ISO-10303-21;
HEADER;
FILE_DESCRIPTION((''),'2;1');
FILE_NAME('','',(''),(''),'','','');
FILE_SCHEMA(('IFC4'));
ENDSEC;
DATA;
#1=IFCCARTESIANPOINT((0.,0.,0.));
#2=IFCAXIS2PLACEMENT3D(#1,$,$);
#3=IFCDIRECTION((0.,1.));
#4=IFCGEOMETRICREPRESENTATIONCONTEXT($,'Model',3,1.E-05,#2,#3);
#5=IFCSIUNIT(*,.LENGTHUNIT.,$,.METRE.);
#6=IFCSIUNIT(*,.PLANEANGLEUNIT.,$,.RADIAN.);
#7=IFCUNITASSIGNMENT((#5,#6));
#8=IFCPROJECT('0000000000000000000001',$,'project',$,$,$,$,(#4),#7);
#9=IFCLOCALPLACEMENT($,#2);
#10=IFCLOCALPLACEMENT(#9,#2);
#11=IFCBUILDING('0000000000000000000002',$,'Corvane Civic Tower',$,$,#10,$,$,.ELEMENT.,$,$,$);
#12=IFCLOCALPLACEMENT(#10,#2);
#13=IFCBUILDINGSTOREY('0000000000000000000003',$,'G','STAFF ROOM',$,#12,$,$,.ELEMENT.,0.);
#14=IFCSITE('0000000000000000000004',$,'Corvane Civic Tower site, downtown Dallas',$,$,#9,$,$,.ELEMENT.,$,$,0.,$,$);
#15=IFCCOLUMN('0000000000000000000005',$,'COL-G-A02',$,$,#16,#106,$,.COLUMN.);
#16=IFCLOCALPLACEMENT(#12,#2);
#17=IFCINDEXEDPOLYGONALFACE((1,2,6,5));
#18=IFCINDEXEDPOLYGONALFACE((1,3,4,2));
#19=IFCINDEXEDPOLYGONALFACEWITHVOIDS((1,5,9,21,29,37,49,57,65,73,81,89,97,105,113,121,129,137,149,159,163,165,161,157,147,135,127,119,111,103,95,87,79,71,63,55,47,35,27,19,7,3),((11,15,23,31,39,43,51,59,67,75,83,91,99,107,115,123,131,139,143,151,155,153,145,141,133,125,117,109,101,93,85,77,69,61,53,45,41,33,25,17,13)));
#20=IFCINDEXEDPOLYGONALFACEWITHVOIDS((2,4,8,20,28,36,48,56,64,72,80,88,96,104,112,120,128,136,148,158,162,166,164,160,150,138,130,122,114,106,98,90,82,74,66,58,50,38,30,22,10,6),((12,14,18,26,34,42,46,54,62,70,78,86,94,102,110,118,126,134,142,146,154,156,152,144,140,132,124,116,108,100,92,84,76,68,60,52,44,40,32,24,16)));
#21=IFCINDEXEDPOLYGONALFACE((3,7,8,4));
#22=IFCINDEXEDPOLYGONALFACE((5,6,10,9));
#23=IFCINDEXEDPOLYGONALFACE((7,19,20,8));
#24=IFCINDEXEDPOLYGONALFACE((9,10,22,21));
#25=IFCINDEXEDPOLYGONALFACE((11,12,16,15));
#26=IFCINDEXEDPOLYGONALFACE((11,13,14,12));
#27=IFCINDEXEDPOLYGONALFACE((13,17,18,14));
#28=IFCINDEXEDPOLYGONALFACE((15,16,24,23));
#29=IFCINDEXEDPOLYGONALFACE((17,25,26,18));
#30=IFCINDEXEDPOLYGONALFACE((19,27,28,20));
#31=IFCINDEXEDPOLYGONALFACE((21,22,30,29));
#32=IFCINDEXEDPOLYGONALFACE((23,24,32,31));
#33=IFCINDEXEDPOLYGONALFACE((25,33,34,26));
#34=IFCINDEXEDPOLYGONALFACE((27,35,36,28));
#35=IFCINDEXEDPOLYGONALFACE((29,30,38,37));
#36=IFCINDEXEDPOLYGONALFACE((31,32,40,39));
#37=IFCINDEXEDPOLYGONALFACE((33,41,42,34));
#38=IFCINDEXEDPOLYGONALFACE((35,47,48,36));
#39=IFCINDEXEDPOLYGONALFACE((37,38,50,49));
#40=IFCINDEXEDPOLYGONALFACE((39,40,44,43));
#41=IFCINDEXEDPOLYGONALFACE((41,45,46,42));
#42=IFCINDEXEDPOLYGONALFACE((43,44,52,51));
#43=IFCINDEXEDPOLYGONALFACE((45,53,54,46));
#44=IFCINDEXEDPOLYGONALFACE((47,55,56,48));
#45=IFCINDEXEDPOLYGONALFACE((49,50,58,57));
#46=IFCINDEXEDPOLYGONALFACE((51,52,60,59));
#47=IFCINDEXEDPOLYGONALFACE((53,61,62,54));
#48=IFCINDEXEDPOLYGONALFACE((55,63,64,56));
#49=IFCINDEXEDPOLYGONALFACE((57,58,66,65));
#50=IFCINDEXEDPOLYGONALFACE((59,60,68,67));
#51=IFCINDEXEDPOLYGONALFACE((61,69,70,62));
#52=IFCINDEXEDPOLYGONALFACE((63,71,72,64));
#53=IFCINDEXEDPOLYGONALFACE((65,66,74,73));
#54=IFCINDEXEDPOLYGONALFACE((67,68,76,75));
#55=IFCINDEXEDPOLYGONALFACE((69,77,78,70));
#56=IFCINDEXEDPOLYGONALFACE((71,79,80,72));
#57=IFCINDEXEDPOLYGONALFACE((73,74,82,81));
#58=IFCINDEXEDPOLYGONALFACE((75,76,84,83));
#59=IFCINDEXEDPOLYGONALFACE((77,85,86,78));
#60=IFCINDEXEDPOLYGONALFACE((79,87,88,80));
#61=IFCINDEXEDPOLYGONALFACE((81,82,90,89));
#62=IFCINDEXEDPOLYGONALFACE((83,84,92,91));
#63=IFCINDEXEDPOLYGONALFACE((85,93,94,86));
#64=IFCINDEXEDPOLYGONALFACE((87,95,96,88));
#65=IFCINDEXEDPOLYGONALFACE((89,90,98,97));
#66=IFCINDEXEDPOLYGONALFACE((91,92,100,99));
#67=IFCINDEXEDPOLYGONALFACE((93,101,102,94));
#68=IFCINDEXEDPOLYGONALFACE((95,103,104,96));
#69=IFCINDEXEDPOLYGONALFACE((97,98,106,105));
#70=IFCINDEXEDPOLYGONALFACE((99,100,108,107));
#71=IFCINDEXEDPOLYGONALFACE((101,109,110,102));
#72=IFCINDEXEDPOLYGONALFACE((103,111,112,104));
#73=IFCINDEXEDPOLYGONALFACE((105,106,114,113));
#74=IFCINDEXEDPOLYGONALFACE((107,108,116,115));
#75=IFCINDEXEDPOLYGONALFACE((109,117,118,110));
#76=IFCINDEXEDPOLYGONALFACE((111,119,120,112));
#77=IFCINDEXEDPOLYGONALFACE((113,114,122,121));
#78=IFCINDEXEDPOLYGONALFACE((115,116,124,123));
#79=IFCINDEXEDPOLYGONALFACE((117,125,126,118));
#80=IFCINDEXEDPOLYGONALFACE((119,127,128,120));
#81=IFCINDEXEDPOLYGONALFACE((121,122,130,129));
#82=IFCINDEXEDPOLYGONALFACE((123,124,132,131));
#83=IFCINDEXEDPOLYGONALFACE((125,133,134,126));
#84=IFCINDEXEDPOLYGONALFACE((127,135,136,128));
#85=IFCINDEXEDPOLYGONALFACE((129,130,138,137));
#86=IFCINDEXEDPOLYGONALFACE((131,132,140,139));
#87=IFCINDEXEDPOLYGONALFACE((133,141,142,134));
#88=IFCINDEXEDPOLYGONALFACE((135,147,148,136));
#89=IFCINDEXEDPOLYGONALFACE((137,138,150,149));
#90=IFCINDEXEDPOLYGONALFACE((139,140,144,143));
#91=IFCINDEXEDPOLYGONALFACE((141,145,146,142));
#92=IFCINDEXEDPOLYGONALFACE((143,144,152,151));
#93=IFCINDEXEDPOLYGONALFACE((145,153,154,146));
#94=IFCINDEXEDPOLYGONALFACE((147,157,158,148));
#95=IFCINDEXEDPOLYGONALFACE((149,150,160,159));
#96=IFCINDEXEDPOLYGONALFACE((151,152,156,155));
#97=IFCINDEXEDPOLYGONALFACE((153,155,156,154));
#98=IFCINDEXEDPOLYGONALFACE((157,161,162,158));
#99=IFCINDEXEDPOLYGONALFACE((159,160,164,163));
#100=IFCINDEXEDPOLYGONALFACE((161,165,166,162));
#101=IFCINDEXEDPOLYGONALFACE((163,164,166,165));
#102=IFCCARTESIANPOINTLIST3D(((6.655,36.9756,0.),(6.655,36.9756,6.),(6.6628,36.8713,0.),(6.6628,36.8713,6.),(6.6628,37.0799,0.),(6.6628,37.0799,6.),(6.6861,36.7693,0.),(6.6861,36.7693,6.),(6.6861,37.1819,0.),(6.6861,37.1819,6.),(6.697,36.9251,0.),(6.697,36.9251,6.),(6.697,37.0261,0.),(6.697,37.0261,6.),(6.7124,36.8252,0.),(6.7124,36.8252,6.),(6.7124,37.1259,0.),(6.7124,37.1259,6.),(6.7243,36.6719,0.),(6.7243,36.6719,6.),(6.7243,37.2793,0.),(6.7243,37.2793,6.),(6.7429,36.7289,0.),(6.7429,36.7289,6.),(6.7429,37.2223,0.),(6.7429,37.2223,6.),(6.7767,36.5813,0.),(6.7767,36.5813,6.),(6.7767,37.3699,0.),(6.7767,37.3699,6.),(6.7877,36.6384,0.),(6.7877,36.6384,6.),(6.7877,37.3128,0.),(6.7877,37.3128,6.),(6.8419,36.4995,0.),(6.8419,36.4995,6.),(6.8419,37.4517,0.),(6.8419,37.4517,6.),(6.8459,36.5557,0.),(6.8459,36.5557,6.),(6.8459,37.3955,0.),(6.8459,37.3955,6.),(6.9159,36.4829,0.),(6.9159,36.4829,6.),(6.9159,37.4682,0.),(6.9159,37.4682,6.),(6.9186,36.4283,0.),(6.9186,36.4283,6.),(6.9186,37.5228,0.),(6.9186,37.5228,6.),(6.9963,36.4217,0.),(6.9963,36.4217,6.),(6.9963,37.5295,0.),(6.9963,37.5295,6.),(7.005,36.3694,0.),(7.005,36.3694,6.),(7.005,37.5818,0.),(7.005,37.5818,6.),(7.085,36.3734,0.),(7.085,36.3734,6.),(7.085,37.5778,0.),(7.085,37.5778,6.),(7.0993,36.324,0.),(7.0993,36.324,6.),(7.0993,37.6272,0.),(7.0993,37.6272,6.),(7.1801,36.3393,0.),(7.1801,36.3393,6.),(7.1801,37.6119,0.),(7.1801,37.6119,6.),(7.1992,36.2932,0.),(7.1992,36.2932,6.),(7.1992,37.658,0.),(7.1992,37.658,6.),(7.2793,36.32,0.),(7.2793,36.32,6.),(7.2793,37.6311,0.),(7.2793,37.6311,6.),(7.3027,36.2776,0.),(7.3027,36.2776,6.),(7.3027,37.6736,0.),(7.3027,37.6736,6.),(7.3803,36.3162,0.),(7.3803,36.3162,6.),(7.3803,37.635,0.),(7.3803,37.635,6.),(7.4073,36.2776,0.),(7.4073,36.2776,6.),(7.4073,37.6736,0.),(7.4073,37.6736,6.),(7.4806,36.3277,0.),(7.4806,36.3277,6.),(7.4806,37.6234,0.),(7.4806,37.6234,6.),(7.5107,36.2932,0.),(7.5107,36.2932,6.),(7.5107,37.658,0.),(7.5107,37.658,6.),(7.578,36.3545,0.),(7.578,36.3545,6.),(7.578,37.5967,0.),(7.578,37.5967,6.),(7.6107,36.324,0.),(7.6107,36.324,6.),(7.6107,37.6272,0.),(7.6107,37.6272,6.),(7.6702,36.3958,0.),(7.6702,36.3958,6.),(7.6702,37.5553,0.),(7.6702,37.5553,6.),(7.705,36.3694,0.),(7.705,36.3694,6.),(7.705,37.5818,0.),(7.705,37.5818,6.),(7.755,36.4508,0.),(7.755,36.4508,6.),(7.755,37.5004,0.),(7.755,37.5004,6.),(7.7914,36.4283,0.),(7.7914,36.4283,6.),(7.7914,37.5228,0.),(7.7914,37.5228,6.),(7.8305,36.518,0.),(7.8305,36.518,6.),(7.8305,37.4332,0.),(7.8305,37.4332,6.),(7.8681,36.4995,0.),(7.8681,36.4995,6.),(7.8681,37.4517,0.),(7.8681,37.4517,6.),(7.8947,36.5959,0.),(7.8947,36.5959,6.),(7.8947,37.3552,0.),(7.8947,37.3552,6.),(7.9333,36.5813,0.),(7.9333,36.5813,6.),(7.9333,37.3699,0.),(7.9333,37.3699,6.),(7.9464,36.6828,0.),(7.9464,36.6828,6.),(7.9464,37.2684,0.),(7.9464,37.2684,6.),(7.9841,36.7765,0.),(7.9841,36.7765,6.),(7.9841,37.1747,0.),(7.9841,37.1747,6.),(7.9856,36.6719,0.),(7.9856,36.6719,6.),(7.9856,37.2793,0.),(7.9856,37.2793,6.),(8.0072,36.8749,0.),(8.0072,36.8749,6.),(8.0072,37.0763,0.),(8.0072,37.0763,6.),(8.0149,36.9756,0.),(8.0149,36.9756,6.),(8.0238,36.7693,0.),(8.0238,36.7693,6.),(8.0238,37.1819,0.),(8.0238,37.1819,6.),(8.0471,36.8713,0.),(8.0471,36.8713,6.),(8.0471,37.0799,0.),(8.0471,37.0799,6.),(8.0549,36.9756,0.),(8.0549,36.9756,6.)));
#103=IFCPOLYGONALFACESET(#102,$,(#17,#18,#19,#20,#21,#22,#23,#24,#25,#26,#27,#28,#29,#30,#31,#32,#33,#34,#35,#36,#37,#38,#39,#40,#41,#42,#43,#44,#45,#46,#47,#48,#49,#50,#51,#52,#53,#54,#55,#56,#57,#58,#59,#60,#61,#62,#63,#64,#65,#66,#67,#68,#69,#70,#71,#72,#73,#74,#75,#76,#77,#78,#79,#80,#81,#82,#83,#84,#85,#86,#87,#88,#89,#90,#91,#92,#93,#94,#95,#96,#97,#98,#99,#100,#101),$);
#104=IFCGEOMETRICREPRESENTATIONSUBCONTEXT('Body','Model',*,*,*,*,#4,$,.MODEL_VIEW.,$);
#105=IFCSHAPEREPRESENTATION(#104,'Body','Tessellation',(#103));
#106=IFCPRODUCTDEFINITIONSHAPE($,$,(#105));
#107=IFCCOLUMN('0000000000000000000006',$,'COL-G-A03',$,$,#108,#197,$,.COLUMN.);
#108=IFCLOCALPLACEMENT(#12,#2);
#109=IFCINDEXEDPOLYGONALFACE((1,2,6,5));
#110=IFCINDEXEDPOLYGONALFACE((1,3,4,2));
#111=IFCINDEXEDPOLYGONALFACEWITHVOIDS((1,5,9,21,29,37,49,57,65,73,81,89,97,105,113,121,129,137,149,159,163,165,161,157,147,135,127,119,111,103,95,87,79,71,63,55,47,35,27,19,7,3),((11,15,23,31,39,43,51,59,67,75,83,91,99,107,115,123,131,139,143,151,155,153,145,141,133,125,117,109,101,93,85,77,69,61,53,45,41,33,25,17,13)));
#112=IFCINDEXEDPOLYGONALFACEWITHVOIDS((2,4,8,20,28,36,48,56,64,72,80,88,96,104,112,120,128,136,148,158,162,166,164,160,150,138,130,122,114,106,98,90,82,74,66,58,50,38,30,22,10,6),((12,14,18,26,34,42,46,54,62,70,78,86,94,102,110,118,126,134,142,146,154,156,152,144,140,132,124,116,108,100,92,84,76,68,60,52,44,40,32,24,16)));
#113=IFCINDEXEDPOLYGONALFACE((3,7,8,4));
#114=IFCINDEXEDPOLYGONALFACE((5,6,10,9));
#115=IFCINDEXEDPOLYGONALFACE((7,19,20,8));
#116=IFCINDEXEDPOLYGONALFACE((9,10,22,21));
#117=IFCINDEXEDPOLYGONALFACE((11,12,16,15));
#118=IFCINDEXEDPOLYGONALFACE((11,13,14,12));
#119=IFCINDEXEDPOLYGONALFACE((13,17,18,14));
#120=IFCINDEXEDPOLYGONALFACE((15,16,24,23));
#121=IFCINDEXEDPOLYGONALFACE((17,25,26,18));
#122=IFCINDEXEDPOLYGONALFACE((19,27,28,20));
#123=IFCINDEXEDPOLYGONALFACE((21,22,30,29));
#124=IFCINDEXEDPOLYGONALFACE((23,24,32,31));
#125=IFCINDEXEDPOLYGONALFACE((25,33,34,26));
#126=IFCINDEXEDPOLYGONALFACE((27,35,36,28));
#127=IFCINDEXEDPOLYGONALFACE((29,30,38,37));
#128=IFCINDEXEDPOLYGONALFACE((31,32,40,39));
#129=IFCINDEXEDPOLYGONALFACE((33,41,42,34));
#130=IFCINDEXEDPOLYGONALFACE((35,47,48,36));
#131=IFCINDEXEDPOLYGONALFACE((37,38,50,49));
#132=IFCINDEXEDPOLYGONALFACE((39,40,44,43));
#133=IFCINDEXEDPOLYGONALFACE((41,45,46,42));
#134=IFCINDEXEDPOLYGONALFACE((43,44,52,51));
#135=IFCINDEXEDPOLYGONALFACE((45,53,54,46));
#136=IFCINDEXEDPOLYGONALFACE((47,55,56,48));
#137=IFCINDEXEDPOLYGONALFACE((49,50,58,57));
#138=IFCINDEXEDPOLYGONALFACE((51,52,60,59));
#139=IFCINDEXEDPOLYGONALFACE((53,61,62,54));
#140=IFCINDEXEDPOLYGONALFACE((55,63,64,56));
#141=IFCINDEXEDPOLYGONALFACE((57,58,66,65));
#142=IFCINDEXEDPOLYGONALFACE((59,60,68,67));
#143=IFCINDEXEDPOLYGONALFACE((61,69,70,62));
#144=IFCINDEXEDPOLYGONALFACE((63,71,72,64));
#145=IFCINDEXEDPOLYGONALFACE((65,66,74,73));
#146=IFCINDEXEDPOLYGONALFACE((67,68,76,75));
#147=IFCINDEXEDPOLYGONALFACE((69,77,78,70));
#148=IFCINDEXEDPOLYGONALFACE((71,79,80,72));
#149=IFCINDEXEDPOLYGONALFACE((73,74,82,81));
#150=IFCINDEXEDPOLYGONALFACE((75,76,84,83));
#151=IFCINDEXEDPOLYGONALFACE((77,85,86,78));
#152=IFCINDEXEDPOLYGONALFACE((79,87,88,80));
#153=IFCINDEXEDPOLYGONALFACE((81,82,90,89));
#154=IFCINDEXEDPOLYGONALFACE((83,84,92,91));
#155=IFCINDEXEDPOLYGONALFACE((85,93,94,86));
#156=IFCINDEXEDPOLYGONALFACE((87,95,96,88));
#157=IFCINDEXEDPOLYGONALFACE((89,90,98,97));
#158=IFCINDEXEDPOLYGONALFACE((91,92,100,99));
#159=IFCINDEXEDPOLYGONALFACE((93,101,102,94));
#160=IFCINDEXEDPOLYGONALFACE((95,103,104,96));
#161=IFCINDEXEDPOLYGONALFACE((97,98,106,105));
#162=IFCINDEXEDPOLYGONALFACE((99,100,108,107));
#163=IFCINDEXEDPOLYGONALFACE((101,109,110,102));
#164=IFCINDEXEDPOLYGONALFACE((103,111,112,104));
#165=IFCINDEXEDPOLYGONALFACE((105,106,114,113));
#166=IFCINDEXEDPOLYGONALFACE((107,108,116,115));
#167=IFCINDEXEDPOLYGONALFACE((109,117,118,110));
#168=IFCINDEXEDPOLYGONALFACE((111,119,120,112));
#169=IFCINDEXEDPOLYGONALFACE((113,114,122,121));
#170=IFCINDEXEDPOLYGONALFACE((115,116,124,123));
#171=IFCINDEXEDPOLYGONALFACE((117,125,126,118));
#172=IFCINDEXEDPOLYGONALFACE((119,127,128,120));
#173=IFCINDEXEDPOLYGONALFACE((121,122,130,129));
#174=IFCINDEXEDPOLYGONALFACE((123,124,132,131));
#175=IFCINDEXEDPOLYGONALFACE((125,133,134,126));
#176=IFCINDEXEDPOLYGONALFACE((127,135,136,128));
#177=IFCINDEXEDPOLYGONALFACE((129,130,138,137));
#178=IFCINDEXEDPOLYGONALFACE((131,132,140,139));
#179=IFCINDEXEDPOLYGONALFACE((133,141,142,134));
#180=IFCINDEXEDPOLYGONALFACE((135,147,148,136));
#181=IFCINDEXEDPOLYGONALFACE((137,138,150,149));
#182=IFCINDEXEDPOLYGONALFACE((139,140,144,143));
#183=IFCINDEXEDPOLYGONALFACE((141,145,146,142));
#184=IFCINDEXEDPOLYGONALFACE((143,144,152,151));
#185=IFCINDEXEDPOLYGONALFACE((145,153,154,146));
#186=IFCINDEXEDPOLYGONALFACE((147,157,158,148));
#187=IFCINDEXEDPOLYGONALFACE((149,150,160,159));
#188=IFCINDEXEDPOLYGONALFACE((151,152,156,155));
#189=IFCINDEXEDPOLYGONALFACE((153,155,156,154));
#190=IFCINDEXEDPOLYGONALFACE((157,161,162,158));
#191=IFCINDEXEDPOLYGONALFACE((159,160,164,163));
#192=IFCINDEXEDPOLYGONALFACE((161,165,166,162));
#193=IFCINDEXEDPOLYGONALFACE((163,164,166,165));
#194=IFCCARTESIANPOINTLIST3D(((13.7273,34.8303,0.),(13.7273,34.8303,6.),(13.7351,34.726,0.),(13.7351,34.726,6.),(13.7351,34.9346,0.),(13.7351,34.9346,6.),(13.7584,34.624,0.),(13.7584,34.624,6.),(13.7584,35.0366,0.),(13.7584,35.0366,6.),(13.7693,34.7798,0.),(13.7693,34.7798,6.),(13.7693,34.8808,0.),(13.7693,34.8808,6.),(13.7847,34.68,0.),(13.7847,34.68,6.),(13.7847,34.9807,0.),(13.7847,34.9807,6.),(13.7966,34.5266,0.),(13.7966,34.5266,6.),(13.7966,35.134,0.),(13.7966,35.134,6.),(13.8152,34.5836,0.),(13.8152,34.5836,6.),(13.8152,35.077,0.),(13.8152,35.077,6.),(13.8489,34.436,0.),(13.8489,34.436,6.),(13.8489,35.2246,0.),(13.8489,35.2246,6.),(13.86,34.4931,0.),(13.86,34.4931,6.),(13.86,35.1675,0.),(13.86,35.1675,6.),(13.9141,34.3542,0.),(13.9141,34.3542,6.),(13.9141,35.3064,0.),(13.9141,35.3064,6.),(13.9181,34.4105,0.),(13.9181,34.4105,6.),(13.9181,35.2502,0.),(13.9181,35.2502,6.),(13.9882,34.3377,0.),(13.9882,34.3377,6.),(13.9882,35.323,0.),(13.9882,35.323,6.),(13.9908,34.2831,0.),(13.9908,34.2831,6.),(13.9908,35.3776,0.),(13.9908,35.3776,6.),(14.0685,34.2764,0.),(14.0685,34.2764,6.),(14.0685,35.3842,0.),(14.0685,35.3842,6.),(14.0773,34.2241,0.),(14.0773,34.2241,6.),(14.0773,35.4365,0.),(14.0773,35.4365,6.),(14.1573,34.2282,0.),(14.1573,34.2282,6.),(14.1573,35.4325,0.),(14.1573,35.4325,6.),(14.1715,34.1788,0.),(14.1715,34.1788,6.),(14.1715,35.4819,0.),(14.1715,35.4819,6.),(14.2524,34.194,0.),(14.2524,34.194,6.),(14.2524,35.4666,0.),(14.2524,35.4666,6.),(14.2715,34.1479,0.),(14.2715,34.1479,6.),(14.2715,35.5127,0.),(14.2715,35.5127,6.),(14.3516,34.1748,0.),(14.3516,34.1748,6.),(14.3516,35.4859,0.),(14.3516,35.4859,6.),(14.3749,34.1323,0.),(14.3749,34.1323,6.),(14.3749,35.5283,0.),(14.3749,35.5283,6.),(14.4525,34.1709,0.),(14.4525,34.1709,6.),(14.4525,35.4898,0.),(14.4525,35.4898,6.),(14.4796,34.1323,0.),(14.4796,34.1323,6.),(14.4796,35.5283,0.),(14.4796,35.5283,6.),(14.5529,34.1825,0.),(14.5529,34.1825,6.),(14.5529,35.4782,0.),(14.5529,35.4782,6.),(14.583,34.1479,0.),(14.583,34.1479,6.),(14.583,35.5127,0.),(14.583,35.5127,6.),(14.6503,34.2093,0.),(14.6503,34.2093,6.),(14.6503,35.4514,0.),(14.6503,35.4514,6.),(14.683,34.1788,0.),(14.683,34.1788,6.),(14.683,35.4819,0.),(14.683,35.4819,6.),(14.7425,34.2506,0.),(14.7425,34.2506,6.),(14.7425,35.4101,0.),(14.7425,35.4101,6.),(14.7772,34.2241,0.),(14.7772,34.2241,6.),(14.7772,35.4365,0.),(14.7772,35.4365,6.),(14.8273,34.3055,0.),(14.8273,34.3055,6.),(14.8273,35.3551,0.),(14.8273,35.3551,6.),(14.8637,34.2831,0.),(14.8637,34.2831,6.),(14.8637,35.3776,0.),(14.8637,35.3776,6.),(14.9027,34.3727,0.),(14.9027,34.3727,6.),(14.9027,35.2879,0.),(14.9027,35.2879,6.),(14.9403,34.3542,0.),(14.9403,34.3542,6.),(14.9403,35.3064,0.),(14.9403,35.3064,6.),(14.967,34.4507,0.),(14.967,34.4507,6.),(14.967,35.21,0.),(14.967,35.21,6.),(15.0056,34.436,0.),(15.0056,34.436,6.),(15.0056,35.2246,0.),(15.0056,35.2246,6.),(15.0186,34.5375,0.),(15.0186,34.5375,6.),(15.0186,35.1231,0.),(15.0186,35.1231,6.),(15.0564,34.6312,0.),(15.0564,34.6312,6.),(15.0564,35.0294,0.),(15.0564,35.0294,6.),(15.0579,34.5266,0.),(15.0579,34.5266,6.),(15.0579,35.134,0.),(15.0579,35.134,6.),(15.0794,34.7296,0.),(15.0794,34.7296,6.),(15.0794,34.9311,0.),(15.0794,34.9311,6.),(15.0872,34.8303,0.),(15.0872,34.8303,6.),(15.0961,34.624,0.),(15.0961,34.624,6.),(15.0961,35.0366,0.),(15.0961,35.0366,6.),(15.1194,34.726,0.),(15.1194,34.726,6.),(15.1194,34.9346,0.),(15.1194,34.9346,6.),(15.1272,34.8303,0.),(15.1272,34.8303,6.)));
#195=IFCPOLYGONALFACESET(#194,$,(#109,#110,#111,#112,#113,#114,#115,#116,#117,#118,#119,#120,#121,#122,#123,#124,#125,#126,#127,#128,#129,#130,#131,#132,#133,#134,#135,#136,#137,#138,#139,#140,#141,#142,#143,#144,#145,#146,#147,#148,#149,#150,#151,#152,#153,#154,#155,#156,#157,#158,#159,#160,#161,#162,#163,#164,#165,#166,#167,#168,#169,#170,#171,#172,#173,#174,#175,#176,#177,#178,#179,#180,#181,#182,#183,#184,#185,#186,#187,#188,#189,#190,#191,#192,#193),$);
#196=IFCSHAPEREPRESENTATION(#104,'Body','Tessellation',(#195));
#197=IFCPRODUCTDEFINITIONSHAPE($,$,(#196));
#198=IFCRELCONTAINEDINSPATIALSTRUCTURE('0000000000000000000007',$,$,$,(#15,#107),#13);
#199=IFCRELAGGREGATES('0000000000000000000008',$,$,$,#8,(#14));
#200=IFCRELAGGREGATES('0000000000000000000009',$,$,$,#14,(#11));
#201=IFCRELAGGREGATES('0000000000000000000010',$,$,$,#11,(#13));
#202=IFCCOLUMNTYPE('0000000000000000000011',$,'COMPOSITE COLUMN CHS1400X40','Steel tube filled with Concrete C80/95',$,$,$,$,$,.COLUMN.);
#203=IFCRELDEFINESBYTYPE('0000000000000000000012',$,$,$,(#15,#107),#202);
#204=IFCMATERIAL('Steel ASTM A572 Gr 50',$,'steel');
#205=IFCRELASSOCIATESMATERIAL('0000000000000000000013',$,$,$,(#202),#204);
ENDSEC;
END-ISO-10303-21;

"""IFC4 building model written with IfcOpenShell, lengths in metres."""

from ifc_helpers import new_model, si_unit, direction, frame, origin, origin_2d, place, context, subcontext, project, spatial, hollow_circle, extrude, material, material_profile, profile_set, type_object, element, save


model = new_model("IFC4")

# Units and contexts
model_context = context("Model", 3, precision=1e-05, world=origin(), true_north=direction((0.0, 1.0)))
body_context = subcontext(model_context, "Body", "Model", "MODEL_VIEW")
ifc_project = project(units=[si_unit("LENGTHUNIT", "METRE"), si_unit("PLANEANGLEUNIT", "RADIAN")], contexts=[model_context])

# Site, building, storey
site_placement = place(None, origin())
site = spatial("IfcSite", under=ifc_project, at=site_placement, Name="Corvane Civic Tower site, downtown Dallas", CompositionType="ELEMENT", RefElevation=0.0)
building_placement = place(site_placement, origin())
building = spatial("IfcBuilding", under=site, at=building_placement, Name="Corvane Civic Tower", CompositionType="ELEMENT")
storey_placement = place(building_placement, origin())
storey = spatial("IfcBuildingStorey", under=building, at=storey_placement, Name="G", Description="STAFF ROOM", CompositionType="ELEMENT", Elevation=0.0)

# Columns
ifc_material_1 = material(Name="Steel ASTM A572 Gr 50", Category="steel")
ifc_material_profile_1 = material_profile(ifc_material_1, hollow_circle(Radius=0.7, WallThickness=0.04, at=origin_2d()), Name="CHS1400X40")
ifc_profile_set_1 = profile_set([ifc_material_profile_1], Name="Steel ASTM A572 Gr 50")
column_type_1 = type_object("IfcColumnType", Name="COMPOSITE COLUMN CHS1400X40", Description="Steel tube filled with Concrete C80/95", PredefinedType="COLUMN", material=ifc_profile_set_1)
for number, where, z_axis, x_axis, name in (
    (1, (7.355, 36.9756, 0.0), (0.0, 0.0, 1.0), (1.0, 0.0, 0.0), "COL-G-A02"),
    (2, (14.4272, 34.8303, 0.0), (0.0, 0.0, 1.0), (1.0, 0.0, 0.0), "COL-G-A03"),
):
    element("IfcColumn", number, at=place(storey_placement, frame(where, z_axis=z_axis, x_axis=x_axis)), inside=storey, type_object=column_type_1, Name=name, PredefinedType="COLUMN", context=body_context, shape_type="SweptSolid", body=[
        extrude(hollow_circle(Radius=0.7, WallThickness=0.04, at=origin_2d()), origin(), (0.0, 0.0, 1.0), 6.0),
    ])

save(model, "model.ifc")
